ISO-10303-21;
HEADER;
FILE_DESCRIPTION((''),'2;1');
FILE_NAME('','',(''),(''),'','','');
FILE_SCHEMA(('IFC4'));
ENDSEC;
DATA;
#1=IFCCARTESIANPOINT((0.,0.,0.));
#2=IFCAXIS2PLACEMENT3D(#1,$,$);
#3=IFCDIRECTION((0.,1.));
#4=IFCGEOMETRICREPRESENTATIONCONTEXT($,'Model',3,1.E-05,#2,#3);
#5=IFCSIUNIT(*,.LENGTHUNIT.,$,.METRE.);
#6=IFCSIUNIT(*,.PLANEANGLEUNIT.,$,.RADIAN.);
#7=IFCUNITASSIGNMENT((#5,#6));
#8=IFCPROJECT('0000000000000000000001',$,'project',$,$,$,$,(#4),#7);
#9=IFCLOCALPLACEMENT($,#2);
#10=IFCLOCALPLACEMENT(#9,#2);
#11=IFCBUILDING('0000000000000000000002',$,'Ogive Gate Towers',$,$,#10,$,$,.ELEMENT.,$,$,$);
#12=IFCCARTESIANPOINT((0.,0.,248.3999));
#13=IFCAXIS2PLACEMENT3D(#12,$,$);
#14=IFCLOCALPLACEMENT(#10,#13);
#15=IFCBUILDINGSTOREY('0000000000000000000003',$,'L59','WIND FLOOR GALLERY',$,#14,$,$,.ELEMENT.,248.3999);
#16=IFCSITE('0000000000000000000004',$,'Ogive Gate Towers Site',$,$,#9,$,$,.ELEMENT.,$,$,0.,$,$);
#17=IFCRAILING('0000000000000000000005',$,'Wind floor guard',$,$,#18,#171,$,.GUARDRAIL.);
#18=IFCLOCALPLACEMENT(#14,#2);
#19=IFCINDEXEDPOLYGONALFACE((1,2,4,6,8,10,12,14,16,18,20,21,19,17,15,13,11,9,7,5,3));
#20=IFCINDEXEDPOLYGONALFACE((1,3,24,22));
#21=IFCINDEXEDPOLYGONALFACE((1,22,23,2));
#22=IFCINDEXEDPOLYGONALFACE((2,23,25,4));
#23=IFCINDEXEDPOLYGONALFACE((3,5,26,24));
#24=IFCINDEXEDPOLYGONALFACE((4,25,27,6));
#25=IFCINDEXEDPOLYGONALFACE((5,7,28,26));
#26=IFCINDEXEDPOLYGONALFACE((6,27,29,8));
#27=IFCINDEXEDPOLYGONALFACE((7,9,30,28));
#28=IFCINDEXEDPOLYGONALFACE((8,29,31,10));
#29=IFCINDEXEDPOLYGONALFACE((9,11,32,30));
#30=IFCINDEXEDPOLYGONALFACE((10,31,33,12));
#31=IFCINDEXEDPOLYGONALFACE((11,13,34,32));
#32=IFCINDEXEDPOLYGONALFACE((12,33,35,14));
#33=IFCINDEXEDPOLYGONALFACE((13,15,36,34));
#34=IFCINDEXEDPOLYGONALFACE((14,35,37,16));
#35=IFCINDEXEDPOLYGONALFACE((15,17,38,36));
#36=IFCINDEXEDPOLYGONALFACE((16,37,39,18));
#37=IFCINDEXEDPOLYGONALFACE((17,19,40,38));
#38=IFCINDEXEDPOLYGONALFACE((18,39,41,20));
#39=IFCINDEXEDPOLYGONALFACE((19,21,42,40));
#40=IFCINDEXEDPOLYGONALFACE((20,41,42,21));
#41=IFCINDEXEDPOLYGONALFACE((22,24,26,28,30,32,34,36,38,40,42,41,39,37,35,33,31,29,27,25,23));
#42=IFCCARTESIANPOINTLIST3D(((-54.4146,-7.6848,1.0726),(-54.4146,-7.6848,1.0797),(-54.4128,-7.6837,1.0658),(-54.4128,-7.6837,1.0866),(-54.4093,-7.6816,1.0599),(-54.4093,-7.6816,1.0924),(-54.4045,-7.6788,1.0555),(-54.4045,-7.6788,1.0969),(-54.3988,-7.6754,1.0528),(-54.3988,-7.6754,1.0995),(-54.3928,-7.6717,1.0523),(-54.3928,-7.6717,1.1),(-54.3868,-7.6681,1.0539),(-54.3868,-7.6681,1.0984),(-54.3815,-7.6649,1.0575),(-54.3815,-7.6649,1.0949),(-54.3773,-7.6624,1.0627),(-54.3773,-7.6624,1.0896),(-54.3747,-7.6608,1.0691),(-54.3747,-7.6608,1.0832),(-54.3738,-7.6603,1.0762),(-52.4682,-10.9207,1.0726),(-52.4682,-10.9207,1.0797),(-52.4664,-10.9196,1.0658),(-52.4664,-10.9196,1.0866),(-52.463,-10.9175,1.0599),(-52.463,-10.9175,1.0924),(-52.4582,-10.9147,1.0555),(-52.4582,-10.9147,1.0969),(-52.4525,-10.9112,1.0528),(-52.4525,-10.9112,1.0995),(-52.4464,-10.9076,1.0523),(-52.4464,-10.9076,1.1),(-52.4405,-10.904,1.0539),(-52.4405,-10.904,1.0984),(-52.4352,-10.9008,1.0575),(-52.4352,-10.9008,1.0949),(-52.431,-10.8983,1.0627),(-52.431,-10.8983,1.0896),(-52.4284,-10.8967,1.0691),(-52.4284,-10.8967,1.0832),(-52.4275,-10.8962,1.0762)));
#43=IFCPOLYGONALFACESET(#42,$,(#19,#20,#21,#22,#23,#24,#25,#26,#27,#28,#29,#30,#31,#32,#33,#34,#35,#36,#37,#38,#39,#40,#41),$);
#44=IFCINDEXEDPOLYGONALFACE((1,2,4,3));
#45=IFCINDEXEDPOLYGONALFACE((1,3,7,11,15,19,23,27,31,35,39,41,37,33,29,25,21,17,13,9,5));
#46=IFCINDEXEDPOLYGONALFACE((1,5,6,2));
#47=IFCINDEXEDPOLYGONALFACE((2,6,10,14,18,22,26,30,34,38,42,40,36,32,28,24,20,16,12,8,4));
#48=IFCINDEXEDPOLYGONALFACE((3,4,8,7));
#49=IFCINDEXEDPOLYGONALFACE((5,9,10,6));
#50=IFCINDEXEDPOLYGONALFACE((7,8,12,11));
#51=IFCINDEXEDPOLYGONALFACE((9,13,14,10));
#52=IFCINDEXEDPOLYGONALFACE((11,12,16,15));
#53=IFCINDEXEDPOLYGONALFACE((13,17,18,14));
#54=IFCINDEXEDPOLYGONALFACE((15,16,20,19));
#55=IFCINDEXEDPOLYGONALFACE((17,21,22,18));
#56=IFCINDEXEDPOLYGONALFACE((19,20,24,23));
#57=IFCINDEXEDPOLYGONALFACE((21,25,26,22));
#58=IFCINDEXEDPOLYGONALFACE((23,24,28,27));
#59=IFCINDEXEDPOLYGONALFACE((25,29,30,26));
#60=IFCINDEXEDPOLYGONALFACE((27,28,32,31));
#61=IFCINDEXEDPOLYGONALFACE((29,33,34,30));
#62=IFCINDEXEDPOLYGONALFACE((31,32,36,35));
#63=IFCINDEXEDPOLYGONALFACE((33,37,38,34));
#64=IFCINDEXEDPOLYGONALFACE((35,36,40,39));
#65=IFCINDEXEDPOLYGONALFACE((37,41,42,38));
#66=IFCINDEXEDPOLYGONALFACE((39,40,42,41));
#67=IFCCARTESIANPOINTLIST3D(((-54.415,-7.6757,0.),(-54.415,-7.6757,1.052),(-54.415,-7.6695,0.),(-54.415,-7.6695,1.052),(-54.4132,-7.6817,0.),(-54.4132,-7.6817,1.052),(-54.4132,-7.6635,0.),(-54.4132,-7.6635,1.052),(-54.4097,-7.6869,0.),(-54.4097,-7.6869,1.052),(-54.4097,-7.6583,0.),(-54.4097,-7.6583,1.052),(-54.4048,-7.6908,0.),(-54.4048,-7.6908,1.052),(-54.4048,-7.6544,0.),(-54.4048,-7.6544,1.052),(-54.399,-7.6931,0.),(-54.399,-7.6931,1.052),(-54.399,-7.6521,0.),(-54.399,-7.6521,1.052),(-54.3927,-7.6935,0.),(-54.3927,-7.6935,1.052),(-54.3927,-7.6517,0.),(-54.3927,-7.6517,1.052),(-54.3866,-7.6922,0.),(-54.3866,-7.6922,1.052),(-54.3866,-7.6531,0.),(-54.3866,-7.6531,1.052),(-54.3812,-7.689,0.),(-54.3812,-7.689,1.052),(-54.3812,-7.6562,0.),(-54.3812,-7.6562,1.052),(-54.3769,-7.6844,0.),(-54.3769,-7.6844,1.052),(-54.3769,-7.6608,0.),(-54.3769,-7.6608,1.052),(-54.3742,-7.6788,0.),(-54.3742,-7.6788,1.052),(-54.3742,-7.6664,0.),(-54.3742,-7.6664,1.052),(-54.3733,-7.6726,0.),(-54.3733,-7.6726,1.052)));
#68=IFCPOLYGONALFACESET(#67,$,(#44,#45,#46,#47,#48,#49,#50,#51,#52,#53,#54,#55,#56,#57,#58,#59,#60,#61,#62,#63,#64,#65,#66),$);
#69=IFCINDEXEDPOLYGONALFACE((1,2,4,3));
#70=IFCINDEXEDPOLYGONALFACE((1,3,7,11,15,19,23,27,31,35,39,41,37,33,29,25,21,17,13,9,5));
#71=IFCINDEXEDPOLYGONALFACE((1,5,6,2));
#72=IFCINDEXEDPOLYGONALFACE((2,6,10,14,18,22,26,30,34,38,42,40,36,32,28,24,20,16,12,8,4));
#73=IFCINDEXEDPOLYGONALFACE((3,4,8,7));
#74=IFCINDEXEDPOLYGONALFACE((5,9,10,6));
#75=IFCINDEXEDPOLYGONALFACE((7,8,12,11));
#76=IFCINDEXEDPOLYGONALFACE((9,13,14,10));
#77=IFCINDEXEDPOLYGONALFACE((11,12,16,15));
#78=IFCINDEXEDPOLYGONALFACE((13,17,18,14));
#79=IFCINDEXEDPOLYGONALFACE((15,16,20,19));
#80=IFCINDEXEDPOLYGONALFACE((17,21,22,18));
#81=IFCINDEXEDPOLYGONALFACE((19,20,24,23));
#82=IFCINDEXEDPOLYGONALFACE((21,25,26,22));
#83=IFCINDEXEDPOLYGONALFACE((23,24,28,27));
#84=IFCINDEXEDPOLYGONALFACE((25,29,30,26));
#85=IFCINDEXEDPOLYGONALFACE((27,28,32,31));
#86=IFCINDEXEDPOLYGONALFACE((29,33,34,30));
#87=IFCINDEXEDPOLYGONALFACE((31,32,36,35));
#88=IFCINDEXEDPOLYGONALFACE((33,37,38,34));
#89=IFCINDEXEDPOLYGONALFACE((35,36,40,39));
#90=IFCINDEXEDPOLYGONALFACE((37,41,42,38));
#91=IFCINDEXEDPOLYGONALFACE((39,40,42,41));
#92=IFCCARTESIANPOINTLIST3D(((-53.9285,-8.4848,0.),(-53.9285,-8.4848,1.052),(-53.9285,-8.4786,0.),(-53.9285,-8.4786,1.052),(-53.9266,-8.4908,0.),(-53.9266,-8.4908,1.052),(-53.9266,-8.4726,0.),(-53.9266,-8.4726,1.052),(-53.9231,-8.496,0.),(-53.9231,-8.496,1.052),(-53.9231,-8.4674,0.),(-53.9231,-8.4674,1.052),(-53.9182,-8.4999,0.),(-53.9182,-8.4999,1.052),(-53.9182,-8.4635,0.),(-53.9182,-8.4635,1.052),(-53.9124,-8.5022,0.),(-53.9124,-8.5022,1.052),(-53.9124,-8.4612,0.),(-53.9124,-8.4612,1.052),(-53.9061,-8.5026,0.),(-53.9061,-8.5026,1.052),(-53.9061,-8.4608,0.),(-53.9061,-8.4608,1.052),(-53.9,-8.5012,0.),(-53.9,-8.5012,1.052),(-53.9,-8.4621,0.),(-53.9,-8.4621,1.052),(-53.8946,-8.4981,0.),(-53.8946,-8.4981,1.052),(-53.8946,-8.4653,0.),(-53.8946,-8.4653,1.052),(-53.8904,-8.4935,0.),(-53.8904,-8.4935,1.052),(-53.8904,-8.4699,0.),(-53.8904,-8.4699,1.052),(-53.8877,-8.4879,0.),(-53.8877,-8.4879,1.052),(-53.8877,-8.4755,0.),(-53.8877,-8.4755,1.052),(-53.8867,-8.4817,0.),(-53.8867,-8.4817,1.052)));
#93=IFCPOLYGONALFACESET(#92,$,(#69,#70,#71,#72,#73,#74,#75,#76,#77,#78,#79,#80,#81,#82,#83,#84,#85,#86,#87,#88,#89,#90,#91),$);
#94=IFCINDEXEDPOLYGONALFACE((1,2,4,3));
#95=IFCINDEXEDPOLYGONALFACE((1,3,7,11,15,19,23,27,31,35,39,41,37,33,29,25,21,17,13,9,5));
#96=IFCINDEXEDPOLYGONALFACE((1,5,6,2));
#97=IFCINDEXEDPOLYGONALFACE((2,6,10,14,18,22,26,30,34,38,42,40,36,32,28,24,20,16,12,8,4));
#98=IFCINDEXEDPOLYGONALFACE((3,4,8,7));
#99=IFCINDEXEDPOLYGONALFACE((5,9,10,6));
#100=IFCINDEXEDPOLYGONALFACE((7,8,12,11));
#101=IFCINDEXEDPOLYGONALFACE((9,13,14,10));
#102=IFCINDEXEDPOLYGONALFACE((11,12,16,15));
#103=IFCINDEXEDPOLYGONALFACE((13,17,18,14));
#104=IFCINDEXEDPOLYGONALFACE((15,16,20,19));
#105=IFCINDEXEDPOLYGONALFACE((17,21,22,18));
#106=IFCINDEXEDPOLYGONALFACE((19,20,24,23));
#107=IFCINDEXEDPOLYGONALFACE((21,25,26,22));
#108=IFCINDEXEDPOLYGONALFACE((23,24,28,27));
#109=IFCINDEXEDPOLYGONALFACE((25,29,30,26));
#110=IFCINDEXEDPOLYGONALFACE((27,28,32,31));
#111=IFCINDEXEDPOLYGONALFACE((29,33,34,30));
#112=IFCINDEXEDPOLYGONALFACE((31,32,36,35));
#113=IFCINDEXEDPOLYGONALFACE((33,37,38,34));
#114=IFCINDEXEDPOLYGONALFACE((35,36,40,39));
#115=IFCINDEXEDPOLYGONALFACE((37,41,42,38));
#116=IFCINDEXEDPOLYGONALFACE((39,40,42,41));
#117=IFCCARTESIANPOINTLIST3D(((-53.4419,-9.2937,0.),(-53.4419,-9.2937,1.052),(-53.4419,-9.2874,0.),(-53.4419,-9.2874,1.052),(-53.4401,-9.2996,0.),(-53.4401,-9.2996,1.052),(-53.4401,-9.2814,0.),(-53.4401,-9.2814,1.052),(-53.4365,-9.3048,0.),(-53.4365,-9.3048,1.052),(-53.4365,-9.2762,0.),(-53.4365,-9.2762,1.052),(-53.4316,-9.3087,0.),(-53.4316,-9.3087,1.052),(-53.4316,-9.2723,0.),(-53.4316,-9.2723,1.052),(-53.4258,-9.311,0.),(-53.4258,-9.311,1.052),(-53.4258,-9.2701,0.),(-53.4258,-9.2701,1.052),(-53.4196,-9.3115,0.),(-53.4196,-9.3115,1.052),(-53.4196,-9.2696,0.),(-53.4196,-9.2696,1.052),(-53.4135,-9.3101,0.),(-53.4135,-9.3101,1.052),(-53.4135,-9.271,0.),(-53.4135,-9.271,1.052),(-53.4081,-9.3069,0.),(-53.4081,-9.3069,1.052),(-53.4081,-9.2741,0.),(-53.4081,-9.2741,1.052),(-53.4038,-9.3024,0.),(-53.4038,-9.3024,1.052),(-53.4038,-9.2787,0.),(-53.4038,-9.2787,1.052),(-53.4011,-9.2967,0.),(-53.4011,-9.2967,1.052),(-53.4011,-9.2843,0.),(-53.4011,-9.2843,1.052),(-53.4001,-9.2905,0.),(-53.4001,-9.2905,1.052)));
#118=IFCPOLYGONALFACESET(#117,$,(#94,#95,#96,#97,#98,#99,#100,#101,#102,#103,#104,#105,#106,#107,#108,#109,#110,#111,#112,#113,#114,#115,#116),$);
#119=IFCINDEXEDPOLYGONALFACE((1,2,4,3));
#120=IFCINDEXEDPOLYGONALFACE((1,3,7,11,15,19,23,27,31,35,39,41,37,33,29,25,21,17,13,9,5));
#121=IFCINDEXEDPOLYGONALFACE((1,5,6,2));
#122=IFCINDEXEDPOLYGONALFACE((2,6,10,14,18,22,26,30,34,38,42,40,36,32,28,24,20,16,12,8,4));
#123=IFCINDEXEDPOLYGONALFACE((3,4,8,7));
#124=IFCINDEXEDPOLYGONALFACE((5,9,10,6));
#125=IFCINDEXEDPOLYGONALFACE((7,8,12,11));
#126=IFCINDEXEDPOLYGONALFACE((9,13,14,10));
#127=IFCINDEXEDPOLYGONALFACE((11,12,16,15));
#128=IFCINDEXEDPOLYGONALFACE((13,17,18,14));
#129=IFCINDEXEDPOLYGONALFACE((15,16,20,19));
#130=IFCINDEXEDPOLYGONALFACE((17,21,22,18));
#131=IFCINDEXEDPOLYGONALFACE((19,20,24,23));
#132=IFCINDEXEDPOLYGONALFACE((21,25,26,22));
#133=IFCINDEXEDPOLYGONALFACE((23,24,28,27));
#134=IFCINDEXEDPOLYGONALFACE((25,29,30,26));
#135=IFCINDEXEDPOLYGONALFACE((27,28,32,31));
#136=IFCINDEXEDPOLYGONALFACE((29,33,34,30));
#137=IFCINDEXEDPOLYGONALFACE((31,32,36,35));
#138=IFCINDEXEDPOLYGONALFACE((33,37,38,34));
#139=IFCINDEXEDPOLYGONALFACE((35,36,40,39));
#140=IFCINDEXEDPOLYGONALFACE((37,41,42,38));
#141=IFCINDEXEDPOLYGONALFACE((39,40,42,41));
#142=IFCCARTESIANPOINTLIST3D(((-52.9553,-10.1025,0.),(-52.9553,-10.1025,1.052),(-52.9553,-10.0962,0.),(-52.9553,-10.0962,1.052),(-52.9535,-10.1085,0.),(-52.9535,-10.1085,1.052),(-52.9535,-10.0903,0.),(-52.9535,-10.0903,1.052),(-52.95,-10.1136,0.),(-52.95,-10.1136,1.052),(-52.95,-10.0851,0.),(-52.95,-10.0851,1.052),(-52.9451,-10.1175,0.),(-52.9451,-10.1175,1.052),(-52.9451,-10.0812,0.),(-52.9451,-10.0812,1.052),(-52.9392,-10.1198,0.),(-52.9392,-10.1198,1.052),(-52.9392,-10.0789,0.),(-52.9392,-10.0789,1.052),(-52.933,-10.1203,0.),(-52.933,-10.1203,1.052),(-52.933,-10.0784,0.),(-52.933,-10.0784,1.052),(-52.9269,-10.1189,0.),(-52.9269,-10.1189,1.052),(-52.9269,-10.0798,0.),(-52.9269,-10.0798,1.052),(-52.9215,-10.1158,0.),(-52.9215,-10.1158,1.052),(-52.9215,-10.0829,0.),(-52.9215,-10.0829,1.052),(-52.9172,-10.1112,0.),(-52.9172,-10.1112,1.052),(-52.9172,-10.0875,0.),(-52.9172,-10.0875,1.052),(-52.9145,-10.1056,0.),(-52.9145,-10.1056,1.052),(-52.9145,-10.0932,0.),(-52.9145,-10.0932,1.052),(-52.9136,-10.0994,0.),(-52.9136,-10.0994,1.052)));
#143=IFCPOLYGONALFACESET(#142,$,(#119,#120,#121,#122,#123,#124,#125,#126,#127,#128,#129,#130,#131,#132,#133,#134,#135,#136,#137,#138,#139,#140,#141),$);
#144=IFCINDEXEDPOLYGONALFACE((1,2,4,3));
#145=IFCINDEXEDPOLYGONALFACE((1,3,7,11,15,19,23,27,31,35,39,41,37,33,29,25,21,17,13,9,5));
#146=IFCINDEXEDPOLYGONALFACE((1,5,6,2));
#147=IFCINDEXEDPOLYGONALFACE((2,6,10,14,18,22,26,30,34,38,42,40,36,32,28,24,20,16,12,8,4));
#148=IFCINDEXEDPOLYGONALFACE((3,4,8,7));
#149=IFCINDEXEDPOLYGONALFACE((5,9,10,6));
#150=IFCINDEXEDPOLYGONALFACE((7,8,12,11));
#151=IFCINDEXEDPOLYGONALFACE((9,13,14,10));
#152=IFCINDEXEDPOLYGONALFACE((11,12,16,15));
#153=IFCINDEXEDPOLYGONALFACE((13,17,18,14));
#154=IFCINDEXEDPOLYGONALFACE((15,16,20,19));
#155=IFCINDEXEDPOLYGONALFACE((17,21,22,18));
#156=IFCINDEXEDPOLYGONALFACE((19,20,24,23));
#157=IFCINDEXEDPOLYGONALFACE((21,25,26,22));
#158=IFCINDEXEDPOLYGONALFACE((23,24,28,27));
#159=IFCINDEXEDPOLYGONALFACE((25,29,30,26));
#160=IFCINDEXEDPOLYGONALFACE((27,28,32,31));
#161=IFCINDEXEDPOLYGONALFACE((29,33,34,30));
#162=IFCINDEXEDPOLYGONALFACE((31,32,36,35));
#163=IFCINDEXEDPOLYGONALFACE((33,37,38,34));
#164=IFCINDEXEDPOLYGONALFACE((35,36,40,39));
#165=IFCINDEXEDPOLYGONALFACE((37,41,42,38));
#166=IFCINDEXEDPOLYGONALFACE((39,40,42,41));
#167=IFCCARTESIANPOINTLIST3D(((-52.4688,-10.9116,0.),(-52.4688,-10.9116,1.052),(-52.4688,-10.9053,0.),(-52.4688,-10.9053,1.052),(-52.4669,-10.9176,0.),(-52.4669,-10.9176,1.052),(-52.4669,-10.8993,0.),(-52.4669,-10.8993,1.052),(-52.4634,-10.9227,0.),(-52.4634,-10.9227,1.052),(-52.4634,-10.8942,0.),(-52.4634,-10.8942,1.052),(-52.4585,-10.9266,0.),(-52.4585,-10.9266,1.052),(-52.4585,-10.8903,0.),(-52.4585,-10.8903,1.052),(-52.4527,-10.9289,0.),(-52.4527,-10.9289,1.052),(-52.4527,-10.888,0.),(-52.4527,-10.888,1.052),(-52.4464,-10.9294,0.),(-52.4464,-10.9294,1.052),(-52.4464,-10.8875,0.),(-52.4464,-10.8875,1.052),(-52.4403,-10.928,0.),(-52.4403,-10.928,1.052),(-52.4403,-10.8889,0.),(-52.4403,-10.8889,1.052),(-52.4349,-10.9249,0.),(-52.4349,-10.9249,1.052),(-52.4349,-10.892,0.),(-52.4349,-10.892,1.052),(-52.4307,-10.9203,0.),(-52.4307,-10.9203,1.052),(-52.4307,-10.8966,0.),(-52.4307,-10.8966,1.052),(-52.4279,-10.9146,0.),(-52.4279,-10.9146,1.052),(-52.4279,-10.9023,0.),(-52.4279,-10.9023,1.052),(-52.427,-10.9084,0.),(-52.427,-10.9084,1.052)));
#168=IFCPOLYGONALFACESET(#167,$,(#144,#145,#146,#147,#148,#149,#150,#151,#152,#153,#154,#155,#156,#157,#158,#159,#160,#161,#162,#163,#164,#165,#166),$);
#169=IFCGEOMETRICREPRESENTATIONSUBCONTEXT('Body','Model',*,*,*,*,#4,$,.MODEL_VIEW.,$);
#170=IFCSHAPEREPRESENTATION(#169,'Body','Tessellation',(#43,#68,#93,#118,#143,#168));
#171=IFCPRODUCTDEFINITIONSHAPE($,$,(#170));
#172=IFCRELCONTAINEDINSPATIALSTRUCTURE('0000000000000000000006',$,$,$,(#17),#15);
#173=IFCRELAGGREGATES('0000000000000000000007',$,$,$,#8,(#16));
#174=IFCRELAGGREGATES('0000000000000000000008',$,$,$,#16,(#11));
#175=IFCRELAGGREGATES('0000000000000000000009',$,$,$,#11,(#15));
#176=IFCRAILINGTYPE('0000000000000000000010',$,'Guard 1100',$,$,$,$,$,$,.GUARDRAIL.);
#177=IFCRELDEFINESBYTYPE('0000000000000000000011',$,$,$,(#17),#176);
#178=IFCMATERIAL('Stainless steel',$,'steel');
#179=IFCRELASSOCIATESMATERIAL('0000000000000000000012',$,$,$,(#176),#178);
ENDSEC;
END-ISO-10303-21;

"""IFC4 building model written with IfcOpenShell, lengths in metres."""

from ifc_helpers import new_model, si_unit, direction, frame, origin, origin_2d, place, context, subcontext, project, spatial, circle, extrude, material, type_object, element, save


model = new_model("IFC4")

# Units and contexts
model_context = context("Model", 3, precision=1e-05, world=origin(), true_north=direction((0.0, 1.0)))
body_context = subcontext(model_context, "Body", "Model", "MODEL_VIEW")
ifc_project = project(units=[si_unit("LENGTHUNIT", "METRE"), si_unit("PLANEANGLEUNIT", "RADIAN")], contexts=[model_context])

# Site, building, storey
site_placement = place(None, origin())
site = spatial("IfcSite", under=ifc_project, at=site_placement, Name="Ogive Gate Towers Site", CompositionType="ELEMENT", RefElevation=0.0)
building_placement = place(site_placement, origin())
building = spatial("IfcBuilding", under=site, at=building_placement, Name="Ogive Gate Towers", CompositionType="ELEMENT")
storey_placement = place(building_placement, frame((0.0, 0.0, 248.3999)))
storey = spatial("IfcBuildingStorey", under=building, at=storey_placement, Name="L59", Description="WIND FLOOR GALLERY", CompositionType="ELEMENT", Elevation=248.3999)

# Railing
ifc_material_1 = material(Name="Stainless steel", Category="steel")
railing_type = type_object("IfcRailingType", Name="Guard 1100", PredefinedType="GUARDRAIL", material=ifc_material_1)
railing_1_placement = place(storey_placement, frame((-54.3943, -7.6726, 0.0)))
element("IfcRailing", 1, at=railing_1_placement, inside=storey, type_object=railing_type, Name="Wind floor guard", PredefinedType="GUARDRAIL", context=body_context, shape_type="SweptSolid", body=[
    extrude(circle(Radius=0.0239, at=origin_2d()), frame((0.0, 0.0, 1.0762), z_axis=(0.515427, -0.856933, 0.0), x_axis=(0.856933, 0.515427, 0.0)), (0.0, 0.0, 1.0), 3.7761),
    extrude(circle(Radius=0.021, at=origin_2d()), origin(), (0.0, 0.0, 1.0), 1.052),
    extrude(circle(Radius=0.021, at=origin_2d()), frame((0.4866, -0.8091, 0.0)), (0.0, 0.0, 1.0), 1.052),
    extrude(circle(Radius=0.021, at=origin_2d()), frame((0.9731, -1.6179, 0.0)), (0.0, 0.0, 1.0), 1.052),
    extrude(circle(Radius=0.021, at=origin_2d()), frame((1.4597, -2.4268, 0.0)), (0.0, 0.0, 1.0), 1.052),
    extrude(circle(Radius=0.021, at=origin_2d()), frame((1.9463, -3.2358, 0.0)), (0.0, 0.0, 1.0), 1.052),
])

save(model, "model.ifc")
